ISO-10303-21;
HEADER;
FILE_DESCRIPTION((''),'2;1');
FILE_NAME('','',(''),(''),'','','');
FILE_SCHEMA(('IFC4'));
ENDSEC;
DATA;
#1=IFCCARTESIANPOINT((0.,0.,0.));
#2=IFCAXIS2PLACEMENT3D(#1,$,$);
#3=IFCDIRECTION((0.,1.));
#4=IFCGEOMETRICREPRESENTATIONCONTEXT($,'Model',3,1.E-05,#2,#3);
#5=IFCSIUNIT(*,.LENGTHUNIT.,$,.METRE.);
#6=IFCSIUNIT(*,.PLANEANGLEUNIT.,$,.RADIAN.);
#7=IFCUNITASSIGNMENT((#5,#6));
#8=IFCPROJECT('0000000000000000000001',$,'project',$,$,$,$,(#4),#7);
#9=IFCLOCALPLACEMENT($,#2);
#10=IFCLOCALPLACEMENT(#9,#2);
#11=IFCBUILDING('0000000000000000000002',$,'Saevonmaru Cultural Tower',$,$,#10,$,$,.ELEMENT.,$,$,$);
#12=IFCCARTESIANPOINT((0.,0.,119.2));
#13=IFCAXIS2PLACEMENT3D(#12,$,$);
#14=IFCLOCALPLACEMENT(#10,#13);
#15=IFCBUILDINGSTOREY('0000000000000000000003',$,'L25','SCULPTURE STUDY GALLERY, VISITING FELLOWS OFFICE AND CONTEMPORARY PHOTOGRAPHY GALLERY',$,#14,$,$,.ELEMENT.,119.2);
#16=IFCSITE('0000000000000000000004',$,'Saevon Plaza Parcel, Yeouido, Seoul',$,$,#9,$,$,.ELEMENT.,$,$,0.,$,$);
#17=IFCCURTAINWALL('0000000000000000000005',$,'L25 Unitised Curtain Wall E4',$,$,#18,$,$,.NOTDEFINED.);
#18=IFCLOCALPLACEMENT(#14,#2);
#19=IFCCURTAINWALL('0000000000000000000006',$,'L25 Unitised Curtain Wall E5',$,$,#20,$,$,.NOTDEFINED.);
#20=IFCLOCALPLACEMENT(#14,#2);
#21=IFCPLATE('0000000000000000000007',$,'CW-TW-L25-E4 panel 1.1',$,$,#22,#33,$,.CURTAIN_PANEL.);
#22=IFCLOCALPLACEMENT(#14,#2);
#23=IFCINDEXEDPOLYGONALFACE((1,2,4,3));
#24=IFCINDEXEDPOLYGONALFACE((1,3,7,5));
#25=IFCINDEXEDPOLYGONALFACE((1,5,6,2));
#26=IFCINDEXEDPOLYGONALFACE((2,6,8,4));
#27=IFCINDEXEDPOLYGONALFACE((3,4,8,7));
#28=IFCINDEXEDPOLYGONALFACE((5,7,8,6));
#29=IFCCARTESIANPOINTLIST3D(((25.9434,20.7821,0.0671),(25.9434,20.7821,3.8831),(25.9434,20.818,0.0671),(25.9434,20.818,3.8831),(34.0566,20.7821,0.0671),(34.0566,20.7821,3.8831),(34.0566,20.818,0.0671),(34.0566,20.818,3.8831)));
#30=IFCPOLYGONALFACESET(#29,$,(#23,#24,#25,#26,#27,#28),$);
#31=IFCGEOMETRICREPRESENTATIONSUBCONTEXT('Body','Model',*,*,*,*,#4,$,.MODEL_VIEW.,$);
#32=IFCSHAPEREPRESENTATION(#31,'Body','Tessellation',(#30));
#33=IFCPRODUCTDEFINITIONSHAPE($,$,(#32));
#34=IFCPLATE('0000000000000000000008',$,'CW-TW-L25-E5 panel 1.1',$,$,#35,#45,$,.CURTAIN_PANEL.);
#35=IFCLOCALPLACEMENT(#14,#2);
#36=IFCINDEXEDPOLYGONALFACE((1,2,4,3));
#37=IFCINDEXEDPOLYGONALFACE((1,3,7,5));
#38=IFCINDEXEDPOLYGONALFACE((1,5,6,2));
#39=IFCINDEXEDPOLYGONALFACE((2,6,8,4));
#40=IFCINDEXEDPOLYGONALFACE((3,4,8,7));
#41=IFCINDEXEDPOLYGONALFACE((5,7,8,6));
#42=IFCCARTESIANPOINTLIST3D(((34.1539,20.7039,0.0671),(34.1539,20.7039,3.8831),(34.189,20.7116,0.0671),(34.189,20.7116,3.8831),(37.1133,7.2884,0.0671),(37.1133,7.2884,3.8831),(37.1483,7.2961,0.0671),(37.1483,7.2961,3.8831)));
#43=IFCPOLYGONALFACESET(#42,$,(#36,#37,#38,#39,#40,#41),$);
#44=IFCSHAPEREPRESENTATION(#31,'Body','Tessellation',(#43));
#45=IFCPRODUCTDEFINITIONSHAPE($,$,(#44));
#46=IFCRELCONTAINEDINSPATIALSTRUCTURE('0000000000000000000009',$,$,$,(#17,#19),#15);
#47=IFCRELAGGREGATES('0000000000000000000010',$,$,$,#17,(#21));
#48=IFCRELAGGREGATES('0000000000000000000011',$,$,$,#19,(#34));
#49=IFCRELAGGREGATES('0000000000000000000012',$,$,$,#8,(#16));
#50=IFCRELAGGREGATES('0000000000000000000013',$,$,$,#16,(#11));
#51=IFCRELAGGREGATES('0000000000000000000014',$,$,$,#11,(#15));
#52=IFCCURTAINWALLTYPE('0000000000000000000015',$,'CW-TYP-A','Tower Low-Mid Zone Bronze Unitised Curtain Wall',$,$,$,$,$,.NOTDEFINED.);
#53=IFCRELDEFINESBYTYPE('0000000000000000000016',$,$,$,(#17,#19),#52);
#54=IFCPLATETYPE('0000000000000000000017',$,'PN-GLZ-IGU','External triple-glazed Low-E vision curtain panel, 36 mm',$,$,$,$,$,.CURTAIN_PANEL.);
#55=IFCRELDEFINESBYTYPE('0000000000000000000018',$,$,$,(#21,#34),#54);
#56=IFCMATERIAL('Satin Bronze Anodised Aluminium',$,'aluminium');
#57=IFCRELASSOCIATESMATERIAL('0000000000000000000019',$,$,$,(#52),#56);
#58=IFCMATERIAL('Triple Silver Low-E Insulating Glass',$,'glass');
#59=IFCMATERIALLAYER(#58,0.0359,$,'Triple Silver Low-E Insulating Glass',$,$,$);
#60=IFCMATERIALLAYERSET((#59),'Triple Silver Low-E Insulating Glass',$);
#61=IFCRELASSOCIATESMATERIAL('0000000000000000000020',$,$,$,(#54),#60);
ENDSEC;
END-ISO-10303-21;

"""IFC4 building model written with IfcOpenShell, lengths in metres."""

from ifc_helpers import new_model, si_unit, direction, frame, origin, origin_2d, place, context, subcontext, project, spatial, rectangle, extrude, material, layer, layer_set, type_object, element, aggregate, save


model = new_model("IFC4")

# Units and contexts
model_context = context("Model", 3, precision=1e-05, world=origin(), true_north=direction((0.0, 1.0)))
body_context = subcontext(model_context, "Body", "Model", "MODEL_VIEW")
ifc_project = project(units=[si_unit("LENGTHUNIT", "METRE"), si_unit("PLANEANGLEUNIT", "RADIAN")], contexts=[model_context])

# Site, building, storey
site_placement = place(None, origin())
site = spatial("IfcSite", under=ifc_project, at=site_placement, Name="Saevon Plaza Parcel, Yeouido, Seoul", CompositionType="ELEMENT", RefElevation=0.0)
building_placement = place(site_placement, origin())
building = spatial("IfcBuilding", under=site, at=building_placement, Name="Saevonmaru Cultural Tower", CompositionType="ELEMENT")
storey_placement = place(building_placement, frame((0.0, 0.0, 119.2)))
storey = spatial("IfcBuildingStorey", under=building, at=storey_placement, Name="L25", Description="SCULPTURE STUDY GALLERY, VISITING FELLOWS OFFICE AND CONTEMPORARY PHOTOGRAPHY GALLERY", CompositionType="ELEMENT", Elevation=119.2)

# Shared definitions
ifc_material_1 = material(Name="Satin Bronze Anodised Aluminium", Category="aluminium")
curtain_wall_type_1 = type_object("IfcCurtainWallType", Name="CW-TYP-A", Description="Tower Low-Mid Zone Bronze Unitised Curtain Wall", PredefinedType="NOTDEFINED", material=ifc_material_1)

# Curtain walls
curtain_wall_1_placement = place(storey_placement, origin())
curtain_wall_1 = element("IfcCurtainWall", 1, at=curtain_wall_1_placement, inside=storey, type_object=curtain_wall_type_1, Name="L25 Unitised Curtain Wall E4", PredefinedType="NOTDEFINED")
curtain_wall_2_placement = place(storey_placement, origin())
curtain_wall_2 = element("IfcCurtainWall", 2, at=curtain_wall_2_placement, inside=storey, type_object=curtain_wall_type_1, Name="L25 Unitised Curtain Wall E5", PredefinedType="NOTDEFINED")

# Plates
ifc_material_2 = material(Name="Triple Silver Low-E Insulating Glass", Category="glass")
ifc_layer_1 = layer(ifc_material_2, 0.0359, Name="Triple Silver Low-E Insulating Glass")
ifc_layer_set_1 = layer_set([ifc_layer_1], Name="Triple Silver Low-E Insulating Glass")
plate_type_1 = type_object("IfcPlateType", Name="PN-GLZ-IGU", Description="External triple-glazed Low-E vision curtain panel, 36 mm", PredefinedType="CURTAIN_PANEL", material=ifc_layer_set_1)
plate_1_placement = place(storey_placement, frame((30.0, 20.8, 0.0671), z_axis=(0.0, 0.0, 1.0), x_axis=(1.0, 0.0, 0.0)))
plate_1 = element("IfcPlate", 3, at=plate_1_placement, type_object=plate_type_1, Name="CW-TW-L25-E4 panel 1.1", PredefinedType="CURTAIN_PANEL", context=body_context, shape_type="SweptSolid", body=[
    extrude(rectangle(XDim=8.1133, YDim=0.0359, at=origin_2d()), origin(), (0.0, 0.0, 1.0), 3.8159),
])
aggregate(curtain_wall_1, [plate_1])
plate_2_placement = place(storey_placement, frame((35.6511, 14.0, 0.0671), z_axis=(0.0, 0.0, 1.0), x_axis=(0.215413, -0.976523, 0.0)))
plate_2 = element("IfcPlate", 4, at=plate_2_placement, type_object=plate_type_1, Name="CW-TW-L25-E5 panel 1.1", PredefinedType="CURTAIN_PANEL", context=body_context, shape_type="SweptSolid", body=[
    extrude(rectangle(XDim=13.738, YDim=0.0359, at=origin_2d()), origin(), (0.0, 0.0, 1.0), 3.8159),
])
aggregate(curtain_wall_2, [plate_2])

save(model, "model.ifc")
